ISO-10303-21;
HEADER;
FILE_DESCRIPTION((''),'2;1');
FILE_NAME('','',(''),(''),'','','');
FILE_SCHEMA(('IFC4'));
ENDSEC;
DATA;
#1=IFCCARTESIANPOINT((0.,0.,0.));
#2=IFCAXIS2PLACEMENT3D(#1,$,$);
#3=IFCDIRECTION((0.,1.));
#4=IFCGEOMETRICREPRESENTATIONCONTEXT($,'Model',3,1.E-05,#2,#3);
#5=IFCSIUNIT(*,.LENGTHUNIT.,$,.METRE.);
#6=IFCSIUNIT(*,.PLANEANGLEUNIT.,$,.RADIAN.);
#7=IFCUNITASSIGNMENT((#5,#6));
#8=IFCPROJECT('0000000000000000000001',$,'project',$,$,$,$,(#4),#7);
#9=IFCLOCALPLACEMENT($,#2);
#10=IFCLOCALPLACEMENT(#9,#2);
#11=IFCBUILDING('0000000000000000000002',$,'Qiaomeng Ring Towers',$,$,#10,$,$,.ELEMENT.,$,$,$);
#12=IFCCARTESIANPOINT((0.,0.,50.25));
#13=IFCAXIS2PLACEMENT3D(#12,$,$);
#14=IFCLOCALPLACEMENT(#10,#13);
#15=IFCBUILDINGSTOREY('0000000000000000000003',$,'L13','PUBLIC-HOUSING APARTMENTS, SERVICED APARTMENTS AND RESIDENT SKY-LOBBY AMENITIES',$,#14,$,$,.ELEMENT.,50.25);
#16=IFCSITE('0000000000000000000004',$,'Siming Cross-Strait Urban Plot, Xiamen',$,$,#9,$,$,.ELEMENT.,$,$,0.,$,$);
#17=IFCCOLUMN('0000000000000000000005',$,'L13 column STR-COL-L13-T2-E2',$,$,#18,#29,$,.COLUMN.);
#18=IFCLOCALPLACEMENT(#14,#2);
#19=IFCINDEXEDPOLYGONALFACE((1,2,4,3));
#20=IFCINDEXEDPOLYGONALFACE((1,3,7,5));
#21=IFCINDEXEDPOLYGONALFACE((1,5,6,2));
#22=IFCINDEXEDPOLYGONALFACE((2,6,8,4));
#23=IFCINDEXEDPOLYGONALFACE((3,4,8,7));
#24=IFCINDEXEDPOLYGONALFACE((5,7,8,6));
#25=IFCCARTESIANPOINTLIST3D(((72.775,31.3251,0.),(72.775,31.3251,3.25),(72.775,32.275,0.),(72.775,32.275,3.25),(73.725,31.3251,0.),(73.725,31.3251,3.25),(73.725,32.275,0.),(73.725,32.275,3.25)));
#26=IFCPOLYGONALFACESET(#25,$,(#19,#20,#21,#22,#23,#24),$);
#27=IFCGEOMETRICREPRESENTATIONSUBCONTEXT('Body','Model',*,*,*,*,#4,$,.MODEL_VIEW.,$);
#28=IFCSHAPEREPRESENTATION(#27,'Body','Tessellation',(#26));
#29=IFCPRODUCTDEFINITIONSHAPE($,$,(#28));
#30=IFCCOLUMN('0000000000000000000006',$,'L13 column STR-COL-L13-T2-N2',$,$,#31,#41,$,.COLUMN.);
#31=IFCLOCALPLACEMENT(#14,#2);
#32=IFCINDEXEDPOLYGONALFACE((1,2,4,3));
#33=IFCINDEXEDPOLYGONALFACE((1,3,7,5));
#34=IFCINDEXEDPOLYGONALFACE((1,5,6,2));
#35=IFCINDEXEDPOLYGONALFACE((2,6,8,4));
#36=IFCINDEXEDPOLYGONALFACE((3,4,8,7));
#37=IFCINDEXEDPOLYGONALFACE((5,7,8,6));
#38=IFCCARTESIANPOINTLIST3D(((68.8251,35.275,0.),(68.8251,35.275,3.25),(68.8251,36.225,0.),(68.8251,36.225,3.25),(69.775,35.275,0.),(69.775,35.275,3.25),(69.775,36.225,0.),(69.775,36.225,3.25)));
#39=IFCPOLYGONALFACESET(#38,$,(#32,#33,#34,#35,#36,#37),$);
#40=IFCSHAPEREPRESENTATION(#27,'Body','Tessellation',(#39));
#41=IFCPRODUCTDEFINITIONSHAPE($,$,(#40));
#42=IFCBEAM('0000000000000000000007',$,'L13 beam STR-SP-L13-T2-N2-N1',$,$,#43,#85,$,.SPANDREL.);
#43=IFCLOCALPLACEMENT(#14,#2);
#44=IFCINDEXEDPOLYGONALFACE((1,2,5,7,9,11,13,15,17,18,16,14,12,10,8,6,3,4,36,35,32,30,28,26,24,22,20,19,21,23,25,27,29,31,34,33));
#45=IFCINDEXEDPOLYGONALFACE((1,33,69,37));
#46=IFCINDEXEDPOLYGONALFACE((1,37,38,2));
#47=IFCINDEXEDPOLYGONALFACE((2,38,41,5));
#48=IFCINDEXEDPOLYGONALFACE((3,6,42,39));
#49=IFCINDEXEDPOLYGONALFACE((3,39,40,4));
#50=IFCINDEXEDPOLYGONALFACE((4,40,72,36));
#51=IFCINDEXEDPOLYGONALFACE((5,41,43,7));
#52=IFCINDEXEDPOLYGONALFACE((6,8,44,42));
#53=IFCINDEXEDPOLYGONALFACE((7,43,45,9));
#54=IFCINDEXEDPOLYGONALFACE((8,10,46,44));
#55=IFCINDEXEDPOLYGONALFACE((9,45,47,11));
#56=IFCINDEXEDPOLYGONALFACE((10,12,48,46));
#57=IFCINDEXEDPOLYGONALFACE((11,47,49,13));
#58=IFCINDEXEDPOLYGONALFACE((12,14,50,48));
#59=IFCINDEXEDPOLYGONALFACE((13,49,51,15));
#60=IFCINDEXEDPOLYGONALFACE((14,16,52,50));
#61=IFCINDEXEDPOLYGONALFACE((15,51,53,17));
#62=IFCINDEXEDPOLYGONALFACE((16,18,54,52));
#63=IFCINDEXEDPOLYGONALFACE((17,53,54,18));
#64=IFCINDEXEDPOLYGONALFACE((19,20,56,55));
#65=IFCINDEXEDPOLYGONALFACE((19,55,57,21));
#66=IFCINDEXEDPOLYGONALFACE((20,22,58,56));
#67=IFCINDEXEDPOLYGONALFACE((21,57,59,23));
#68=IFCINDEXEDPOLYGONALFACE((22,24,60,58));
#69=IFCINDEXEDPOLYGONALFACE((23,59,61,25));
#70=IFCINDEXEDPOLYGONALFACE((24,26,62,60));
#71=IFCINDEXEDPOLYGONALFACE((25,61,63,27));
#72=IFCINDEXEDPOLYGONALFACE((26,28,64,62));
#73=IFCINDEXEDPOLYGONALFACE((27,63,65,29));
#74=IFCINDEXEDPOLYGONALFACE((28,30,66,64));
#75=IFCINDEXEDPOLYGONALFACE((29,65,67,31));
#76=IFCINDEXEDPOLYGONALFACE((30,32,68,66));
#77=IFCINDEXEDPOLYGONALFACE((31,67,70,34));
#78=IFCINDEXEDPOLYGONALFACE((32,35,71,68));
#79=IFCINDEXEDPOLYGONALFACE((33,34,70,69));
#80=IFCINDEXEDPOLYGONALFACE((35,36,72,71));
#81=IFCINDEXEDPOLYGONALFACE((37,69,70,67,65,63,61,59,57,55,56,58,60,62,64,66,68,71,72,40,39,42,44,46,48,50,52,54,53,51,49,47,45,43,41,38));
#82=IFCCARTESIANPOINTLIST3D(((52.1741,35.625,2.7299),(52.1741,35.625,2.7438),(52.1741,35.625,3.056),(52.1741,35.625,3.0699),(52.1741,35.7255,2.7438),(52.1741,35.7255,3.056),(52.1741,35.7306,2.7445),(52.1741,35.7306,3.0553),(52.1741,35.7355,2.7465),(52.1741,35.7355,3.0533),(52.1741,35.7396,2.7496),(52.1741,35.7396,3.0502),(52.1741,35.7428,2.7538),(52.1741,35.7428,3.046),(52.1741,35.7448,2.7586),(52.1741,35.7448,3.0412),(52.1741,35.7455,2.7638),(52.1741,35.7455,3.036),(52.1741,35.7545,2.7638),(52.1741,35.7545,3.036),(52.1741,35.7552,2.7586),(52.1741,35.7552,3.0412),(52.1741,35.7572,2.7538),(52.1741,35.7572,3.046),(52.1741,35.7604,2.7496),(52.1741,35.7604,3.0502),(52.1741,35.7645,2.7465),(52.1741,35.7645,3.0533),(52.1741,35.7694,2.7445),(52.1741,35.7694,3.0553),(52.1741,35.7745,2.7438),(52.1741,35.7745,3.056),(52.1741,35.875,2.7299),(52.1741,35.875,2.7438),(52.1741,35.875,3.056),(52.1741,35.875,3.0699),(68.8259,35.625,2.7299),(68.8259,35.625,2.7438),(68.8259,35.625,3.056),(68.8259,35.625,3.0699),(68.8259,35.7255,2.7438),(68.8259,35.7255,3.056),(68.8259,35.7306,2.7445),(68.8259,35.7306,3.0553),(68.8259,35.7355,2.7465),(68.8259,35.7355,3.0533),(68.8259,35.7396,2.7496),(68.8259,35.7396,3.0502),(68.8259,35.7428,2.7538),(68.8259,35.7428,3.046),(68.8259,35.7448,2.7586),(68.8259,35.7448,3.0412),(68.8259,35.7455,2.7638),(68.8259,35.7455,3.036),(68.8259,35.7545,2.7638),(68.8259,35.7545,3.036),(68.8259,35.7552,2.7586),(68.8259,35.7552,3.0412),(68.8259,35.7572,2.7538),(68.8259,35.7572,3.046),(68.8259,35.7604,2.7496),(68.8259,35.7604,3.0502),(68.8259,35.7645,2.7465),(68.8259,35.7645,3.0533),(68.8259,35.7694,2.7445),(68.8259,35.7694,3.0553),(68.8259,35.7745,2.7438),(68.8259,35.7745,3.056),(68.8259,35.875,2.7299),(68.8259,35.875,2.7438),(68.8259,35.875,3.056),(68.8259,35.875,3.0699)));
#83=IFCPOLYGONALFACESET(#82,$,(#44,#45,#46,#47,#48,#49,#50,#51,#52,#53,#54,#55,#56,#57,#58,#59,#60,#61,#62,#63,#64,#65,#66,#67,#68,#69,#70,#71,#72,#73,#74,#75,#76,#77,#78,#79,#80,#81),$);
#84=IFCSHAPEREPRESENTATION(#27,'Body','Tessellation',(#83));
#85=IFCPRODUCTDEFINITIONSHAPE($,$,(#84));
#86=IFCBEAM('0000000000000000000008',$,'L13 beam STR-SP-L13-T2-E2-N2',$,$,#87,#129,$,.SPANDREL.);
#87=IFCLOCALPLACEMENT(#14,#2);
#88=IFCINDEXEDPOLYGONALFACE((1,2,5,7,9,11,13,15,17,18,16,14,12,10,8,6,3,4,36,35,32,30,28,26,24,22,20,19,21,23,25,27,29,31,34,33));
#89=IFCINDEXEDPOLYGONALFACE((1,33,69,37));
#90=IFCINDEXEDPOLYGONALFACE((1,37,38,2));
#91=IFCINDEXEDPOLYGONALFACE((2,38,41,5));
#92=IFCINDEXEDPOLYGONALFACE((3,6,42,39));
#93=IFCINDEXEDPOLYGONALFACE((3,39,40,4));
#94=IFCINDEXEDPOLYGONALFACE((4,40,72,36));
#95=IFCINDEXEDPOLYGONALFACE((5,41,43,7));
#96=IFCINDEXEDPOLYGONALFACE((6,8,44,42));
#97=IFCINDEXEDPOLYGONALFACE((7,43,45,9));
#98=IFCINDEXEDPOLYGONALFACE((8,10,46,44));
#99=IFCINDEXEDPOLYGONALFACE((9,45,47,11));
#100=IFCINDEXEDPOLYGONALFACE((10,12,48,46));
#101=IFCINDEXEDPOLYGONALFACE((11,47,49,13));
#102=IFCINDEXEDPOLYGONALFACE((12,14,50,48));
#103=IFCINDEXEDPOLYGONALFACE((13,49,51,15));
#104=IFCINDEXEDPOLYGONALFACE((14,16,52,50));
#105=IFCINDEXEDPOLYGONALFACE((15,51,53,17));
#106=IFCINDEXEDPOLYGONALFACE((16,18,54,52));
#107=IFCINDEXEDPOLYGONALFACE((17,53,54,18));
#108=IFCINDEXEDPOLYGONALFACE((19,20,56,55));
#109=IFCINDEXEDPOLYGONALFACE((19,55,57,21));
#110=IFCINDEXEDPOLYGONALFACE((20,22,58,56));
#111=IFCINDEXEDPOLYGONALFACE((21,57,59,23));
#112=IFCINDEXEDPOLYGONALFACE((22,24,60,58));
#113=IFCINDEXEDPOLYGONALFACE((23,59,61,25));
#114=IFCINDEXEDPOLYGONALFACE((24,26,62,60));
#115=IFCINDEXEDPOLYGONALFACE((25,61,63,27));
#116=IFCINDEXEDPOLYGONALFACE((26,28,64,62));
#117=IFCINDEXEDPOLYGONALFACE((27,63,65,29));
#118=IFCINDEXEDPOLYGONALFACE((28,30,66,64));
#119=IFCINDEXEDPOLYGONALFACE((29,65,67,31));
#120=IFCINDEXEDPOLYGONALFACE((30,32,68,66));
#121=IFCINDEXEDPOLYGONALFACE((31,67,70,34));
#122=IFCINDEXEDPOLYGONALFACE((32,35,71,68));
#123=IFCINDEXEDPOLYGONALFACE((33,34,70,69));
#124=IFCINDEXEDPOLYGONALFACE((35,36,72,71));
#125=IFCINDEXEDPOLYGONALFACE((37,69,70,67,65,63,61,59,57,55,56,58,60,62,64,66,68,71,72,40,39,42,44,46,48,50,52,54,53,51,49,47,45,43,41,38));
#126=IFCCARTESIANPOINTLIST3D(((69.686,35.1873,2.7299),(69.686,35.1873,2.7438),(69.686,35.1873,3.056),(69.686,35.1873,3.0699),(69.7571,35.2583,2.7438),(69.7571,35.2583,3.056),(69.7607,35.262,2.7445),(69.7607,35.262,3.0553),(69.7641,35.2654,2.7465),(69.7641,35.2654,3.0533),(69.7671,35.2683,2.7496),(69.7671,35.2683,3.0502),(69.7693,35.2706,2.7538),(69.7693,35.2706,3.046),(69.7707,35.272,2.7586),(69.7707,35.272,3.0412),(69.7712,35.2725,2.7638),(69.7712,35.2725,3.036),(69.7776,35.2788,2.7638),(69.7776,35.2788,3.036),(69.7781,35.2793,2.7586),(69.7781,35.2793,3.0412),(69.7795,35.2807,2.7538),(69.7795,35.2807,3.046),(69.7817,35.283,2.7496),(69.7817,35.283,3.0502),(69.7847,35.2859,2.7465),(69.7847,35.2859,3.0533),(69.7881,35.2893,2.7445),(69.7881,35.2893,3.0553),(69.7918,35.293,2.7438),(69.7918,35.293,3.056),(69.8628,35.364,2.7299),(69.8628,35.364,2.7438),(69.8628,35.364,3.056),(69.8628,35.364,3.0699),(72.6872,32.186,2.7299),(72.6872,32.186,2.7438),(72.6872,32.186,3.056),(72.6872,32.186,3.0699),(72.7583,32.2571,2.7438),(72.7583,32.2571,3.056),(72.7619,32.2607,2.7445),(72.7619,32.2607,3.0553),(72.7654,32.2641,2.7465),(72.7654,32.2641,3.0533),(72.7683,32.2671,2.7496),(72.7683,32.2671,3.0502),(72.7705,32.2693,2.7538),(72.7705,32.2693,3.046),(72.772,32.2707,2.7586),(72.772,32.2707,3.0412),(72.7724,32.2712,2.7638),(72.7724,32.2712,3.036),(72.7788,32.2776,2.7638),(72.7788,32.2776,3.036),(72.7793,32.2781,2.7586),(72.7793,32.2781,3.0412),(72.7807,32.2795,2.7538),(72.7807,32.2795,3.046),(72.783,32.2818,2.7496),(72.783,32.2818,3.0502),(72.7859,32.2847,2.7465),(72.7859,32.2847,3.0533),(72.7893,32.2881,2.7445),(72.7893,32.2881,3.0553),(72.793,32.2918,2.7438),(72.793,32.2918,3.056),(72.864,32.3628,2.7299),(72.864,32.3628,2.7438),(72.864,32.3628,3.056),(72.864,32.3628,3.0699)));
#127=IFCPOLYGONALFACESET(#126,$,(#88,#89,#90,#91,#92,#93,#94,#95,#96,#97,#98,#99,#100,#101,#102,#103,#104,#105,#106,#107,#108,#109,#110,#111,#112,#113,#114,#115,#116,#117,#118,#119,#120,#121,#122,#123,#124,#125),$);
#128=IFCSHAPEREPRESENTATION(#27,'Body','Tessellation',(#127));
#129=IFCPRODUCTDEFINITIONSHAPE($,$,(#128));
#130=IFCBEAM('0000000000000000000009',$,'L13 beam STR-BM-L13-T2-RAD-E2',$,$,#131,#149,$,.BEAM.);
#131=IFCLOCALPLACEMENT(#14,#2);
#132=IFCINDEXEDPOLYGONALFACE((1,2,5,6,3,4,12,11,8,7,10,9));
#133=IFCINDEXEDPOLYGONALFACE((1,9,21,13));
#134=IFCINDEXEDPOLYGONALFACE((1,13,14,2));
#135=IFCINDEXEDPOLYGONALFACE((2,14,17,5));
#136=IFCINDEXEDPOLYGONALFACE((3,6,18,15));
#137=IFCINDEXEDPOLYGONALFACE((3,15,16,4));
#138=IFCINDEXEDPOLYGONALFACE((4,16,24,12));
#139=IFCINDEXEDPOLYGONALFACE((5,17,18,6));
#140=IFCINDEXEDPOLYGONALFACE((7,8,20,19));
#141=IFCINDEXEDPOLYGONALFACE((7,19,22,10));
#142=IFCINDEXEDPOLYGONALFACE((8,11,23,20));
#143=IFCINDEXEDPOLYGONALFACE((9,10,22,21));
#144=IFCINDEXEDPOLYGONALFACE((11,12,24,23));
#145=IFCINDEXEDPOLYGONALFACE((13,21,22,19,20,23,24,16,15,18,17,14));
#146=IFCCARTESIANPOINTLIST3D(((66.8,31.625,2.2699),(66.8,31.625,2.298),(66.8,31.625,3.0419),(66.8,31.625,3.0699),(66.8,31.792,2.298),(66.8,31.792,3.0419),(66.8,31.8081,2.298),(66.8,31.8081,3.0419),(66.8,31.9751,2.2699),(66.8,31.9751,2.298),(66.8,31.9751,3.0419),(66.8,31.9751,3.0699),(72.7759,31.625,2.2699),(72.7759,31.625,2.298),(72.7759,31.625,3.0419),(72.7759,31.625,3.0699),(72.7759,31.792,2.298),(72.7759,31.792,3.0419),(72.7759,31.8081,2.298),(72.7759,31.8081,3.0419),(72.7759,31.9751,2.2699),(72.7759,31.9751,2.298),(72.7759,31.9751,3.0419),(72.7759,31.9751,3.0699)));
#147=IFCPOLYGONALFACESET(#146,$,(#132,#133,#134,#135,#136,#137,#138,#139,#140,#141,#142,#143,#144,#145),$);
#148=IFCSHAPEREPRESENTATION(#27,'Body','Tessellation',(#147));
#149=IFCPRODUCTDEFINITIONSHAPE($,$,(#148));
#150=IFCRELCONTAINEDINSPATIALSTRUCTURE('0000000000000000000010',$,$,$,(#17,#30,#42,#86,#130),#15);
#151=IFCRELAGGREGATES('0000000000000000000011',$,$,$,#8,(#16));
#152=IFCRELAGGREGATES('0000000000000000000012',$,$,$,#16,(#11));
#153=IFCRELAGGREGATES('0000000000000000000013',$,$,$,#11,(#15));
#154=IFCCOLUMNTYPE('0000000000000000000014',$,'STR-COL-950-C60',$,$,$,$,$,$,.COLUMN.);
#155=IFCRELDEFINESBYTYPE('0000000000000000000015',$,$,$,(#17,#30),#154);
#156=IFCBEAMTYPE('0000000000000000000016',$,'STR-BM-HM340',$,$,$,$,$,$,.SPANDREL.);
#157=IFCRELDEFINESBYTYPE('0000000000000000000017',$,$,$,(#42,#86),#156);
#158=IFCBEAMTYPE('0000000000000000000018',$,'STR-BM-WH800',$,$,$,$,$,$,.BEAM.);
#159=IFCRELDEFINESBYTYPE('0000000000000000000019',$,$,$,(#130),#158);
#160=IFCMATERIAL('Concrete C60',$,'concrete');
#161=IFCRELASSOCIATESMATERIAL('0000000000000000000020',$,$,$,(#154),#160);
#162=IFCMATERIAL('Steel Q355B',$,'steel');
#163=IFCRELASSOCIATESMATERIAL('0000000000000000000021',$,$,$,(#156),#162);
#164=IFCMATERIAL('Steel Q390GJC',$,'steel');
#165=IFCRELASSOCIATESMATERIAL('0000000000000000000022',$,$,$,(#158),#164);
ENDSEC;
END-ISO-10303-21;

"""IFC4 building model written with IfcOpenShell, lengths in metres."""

from ifc_helpers import new_model, si_unit, direction, frame, origin, origin_2d, place, context, subcontext, project, spatial, rectangle, i_section, extrude, source, transform, mapped, material, material_profile, profile_set, type_object, element, save


model = new_model("IFC4")

# Units and contexts
model_context = context("Model", 3, precision=1e-05, world=origin(), true_north=direction((0.0, 1.0)))
body_context = subcontext(model_context, "Body", "Model", "MODEL_VIEW")
ifc_project = project(units=[si_unit("LENGTHUNIT", "METRE"), si_unit("PLANEANGLEUNIT", "RADIAN")], contexts=[model_context])

# Site, building, storey
site_placement = place(None, origin())
site = spatial("IfcSite", under=ifc_project, at=site_placement, Name="Siming Cross-Strait Urban Plot, Xiamen", CompositionType="ELEMENT", RefElevation=0.0)
building_placement = place(site_placement, origin())
building = spatial("IfcBuilding", under=site, at=building_placement, Name="Qiaomeng Ring Towers", CompositionType="ELEMENT")
storey_placement = place(building_placement, frame((0.0, 0.0, 50.25)))
storey = spatial("IfcBuildingStorey", under=building, at=storey_placement, Name="L13", Description="PUBLIC-HOUSING APARTMENTS, SERVICED APARTMENTS AND RESIDENT SKY-LOBBY AMENITIES", CompositionType="ELEMENT", Elevation=50.25)

# Columns
ifc_material_1 = material(Name="Concrete C60", Category="concrete")
ifc_material_profile_1 = material_profile(ifc_material_1, rectangle(XDim=0.95, YDim=0.95, at=origin_2d()), Name="RC COL 950x950")
ifc_profile_set_1 = profile_set([ifc_material_profile_1], Name="Concrete C60")
column_type = type_object("IfcColumnType", Name="STR-COL-950-C60", PredefinedType="COLUMN", material=ifc_profile_set_1)
shared_shape_1 = source(origin(), body_context, "Body", "SweptSolid", [
    extrude(rectangle(XDim=0.95, YDim=0.95, at=origin_2d()), origin(), (0.0, 0.0, 1.0), 3.25),
])
for number, where, z_axis, x_axis, name in (
    (1, (73.25, 31.8, 0.0), (0.0, 0.0, 1.0), (1.0, 0.0, 0.0), "L13 column STR-COL-L13-T2-E2"),
    (2, (69.3, 35.75, 0.0), (0.0, 0.0, 1.0), (1.0, 0.0, 0.0), "L13 column STR-COL-L13-T2-N2"),
):
    element("IfcColumn", number, at=place(storey_placement, frame(where, z_axis=z_axis, x_axis=x_axis)), inside=storey, type_object=column_type, Name=name, PredefinedType="COLUMN", context=body_context, shape_type="MappedRepresentation", body=[
        mapped(shared_shape_1, transform((0.0, 0.0, 0.0), x_axis=(1.0, 0.0, 0.0), y_axis=(0.0, 1.0, 0.0), z_axis=(0.0, 0.0, 1.0), scale=1.0)),
    ])

# Beams
ifc_material_2 = material(Name="Steel Q355B", Category="steel")
ifc_material_profile_2 = material_profile(ifc_material_2, i_section(OverallWidth=0.25, OverallDepth=0.3401, WebThickness=0.009, FlangeThickness=0.0139, FilletRadius=0.02, at=origin_2d()), Name="HM 340x250x9x14")
ifc_profile_set_2 = profile_set([ifc_material_profile_2], Name="Steel Q355B")
beam_type_1 = type_object("IfcBeamType", Name="STR-BM-HM340", PredefinedType="SPANDREL", material=ifc_profile_set_2)
shared_shape_2 = source(origin(), body_context, "Body", "SweptSolid", [
    extrude(i_section(OverallWidth=0.25, OverallDepth=0.3401, WebThickness=0.009, FlangeThickness=0.0139, FilletRadius=0.02, at=origin_2d()), origin(), (0.0, 0.0, 1.0), 16.6519),
])
beam_1_placement = place(storey_placement, frame((68.8259, 35.75, 2.8999), z_axis=(-1.0, 0.0, 0.0), x_axis=(0.0, -1.0, 0.0)))
element("IfcBeam", 3, at=beam_1_placement, inside=storey, type_object=beam_type_1, Name="L13 beam STR-SP-L13-T2-N2-N1", PredefinedType="SPANDREL", context=body_context, shape_type="MappedRepresentation", body=[
    mapped(shared_shape_2, transform((0.0, 0.0, 0.0), x_axis=(1.0, 0.0, 0.0), y_axis=(0.0, 1.0, 0.0), z_axis=(0.0, 0.0, 1.0), scale=1.0)),
])
shared_shape_3 = source(origin(), body_context, "Body", "SweptSolid", [
    extrude(i_section(OverallWidth=0.25, OverallDepth=0.3401, WebThickness=0.009, FlangeThickness=0.0139, FilletRadius=0.02, at=origin_2d()), origin(), (0.0, 0.0, 1.0), 4.2444),
])
beam_2_placement = place(storey_placement, frame((72.7756, 32.2744, 2.8999), z_axis=(-0.707107, 0.707107, 0.0), x_axis=(-0.707107, -0.707107, 0.0)))
element("IfcBeam", 4, at=beam_2_placement, inside=storey, type_object=beam_type_1, Name="L13 beam STR-SP-L13-T2-E2-N2", PredefinedType="SPANDREL", context=body_context, shape_type="MappedRepresentation", body=[
    mapped(shared_shape_3, transform((0.0, 0.0, 0.0), x_axis=(1.0, 0.0, 0.0), y_axis=(0.0, 1.0, 0.0), z_axis=(0.0, 0.0, 1.0), scale=1.0)),
])
ifc_material_3 = material(Name="Steel Q390GJC", Category="steel")
ifc_material_profile_3 = material_profile(ifc_material_3, i_section(OverallWidth=0.3501, OverallDepth=0.8, WebThickness=0.0161, FlangeThickness=0.0281, at=origin_2d()), Name="WH 800x350x16x28")
ifc_profile_set_3 = profile_set([ifc_material_profile_3], Name="Steel Q390GJC")
beam_type_2 = type_object("IfcBeamType", Name="STR-BM-WH800", PredefinedType="BEAM", material=ifc_profile_set_3)
shared_shape_4 = source(origin(), body_context, "Body", "SweptSolid", [
    extrude(i_section(OverallWidth=0.3501, OverallDepth=0.8, WebThickness=0.0161, FlangeThickness=0.0281, at=origin_2d()), origin(), (0.0, 0.0, 1.0), 5.9758),
])
beam_3_placement = place(storey_placement, frame((66.8, 31.8, 2.6699), z_axis=(1.0, 0.0, 0.0), x_axis=(0.0, 1.0, 0.0)))
element("IfcBeam", 5, at=beam_3_placement, inside=storey, type_object=beam_type_2, Name="L13 beam STR-BM-L13-T2-RAD-E2", PredefinedType="BEAM", context=body_context, shape_type="MappedRepresentation", body=[
    mapped(shared_shape_4, transform((0.0, 0.0, 0.0), x_axis=(1.0, 0.0, 0.0), y_axis=(0.0, 1.0, 0.0), z_axis=(0.0, 0.0, 1.0), scale=1.0)),
])

save(model, "model.ifc")
